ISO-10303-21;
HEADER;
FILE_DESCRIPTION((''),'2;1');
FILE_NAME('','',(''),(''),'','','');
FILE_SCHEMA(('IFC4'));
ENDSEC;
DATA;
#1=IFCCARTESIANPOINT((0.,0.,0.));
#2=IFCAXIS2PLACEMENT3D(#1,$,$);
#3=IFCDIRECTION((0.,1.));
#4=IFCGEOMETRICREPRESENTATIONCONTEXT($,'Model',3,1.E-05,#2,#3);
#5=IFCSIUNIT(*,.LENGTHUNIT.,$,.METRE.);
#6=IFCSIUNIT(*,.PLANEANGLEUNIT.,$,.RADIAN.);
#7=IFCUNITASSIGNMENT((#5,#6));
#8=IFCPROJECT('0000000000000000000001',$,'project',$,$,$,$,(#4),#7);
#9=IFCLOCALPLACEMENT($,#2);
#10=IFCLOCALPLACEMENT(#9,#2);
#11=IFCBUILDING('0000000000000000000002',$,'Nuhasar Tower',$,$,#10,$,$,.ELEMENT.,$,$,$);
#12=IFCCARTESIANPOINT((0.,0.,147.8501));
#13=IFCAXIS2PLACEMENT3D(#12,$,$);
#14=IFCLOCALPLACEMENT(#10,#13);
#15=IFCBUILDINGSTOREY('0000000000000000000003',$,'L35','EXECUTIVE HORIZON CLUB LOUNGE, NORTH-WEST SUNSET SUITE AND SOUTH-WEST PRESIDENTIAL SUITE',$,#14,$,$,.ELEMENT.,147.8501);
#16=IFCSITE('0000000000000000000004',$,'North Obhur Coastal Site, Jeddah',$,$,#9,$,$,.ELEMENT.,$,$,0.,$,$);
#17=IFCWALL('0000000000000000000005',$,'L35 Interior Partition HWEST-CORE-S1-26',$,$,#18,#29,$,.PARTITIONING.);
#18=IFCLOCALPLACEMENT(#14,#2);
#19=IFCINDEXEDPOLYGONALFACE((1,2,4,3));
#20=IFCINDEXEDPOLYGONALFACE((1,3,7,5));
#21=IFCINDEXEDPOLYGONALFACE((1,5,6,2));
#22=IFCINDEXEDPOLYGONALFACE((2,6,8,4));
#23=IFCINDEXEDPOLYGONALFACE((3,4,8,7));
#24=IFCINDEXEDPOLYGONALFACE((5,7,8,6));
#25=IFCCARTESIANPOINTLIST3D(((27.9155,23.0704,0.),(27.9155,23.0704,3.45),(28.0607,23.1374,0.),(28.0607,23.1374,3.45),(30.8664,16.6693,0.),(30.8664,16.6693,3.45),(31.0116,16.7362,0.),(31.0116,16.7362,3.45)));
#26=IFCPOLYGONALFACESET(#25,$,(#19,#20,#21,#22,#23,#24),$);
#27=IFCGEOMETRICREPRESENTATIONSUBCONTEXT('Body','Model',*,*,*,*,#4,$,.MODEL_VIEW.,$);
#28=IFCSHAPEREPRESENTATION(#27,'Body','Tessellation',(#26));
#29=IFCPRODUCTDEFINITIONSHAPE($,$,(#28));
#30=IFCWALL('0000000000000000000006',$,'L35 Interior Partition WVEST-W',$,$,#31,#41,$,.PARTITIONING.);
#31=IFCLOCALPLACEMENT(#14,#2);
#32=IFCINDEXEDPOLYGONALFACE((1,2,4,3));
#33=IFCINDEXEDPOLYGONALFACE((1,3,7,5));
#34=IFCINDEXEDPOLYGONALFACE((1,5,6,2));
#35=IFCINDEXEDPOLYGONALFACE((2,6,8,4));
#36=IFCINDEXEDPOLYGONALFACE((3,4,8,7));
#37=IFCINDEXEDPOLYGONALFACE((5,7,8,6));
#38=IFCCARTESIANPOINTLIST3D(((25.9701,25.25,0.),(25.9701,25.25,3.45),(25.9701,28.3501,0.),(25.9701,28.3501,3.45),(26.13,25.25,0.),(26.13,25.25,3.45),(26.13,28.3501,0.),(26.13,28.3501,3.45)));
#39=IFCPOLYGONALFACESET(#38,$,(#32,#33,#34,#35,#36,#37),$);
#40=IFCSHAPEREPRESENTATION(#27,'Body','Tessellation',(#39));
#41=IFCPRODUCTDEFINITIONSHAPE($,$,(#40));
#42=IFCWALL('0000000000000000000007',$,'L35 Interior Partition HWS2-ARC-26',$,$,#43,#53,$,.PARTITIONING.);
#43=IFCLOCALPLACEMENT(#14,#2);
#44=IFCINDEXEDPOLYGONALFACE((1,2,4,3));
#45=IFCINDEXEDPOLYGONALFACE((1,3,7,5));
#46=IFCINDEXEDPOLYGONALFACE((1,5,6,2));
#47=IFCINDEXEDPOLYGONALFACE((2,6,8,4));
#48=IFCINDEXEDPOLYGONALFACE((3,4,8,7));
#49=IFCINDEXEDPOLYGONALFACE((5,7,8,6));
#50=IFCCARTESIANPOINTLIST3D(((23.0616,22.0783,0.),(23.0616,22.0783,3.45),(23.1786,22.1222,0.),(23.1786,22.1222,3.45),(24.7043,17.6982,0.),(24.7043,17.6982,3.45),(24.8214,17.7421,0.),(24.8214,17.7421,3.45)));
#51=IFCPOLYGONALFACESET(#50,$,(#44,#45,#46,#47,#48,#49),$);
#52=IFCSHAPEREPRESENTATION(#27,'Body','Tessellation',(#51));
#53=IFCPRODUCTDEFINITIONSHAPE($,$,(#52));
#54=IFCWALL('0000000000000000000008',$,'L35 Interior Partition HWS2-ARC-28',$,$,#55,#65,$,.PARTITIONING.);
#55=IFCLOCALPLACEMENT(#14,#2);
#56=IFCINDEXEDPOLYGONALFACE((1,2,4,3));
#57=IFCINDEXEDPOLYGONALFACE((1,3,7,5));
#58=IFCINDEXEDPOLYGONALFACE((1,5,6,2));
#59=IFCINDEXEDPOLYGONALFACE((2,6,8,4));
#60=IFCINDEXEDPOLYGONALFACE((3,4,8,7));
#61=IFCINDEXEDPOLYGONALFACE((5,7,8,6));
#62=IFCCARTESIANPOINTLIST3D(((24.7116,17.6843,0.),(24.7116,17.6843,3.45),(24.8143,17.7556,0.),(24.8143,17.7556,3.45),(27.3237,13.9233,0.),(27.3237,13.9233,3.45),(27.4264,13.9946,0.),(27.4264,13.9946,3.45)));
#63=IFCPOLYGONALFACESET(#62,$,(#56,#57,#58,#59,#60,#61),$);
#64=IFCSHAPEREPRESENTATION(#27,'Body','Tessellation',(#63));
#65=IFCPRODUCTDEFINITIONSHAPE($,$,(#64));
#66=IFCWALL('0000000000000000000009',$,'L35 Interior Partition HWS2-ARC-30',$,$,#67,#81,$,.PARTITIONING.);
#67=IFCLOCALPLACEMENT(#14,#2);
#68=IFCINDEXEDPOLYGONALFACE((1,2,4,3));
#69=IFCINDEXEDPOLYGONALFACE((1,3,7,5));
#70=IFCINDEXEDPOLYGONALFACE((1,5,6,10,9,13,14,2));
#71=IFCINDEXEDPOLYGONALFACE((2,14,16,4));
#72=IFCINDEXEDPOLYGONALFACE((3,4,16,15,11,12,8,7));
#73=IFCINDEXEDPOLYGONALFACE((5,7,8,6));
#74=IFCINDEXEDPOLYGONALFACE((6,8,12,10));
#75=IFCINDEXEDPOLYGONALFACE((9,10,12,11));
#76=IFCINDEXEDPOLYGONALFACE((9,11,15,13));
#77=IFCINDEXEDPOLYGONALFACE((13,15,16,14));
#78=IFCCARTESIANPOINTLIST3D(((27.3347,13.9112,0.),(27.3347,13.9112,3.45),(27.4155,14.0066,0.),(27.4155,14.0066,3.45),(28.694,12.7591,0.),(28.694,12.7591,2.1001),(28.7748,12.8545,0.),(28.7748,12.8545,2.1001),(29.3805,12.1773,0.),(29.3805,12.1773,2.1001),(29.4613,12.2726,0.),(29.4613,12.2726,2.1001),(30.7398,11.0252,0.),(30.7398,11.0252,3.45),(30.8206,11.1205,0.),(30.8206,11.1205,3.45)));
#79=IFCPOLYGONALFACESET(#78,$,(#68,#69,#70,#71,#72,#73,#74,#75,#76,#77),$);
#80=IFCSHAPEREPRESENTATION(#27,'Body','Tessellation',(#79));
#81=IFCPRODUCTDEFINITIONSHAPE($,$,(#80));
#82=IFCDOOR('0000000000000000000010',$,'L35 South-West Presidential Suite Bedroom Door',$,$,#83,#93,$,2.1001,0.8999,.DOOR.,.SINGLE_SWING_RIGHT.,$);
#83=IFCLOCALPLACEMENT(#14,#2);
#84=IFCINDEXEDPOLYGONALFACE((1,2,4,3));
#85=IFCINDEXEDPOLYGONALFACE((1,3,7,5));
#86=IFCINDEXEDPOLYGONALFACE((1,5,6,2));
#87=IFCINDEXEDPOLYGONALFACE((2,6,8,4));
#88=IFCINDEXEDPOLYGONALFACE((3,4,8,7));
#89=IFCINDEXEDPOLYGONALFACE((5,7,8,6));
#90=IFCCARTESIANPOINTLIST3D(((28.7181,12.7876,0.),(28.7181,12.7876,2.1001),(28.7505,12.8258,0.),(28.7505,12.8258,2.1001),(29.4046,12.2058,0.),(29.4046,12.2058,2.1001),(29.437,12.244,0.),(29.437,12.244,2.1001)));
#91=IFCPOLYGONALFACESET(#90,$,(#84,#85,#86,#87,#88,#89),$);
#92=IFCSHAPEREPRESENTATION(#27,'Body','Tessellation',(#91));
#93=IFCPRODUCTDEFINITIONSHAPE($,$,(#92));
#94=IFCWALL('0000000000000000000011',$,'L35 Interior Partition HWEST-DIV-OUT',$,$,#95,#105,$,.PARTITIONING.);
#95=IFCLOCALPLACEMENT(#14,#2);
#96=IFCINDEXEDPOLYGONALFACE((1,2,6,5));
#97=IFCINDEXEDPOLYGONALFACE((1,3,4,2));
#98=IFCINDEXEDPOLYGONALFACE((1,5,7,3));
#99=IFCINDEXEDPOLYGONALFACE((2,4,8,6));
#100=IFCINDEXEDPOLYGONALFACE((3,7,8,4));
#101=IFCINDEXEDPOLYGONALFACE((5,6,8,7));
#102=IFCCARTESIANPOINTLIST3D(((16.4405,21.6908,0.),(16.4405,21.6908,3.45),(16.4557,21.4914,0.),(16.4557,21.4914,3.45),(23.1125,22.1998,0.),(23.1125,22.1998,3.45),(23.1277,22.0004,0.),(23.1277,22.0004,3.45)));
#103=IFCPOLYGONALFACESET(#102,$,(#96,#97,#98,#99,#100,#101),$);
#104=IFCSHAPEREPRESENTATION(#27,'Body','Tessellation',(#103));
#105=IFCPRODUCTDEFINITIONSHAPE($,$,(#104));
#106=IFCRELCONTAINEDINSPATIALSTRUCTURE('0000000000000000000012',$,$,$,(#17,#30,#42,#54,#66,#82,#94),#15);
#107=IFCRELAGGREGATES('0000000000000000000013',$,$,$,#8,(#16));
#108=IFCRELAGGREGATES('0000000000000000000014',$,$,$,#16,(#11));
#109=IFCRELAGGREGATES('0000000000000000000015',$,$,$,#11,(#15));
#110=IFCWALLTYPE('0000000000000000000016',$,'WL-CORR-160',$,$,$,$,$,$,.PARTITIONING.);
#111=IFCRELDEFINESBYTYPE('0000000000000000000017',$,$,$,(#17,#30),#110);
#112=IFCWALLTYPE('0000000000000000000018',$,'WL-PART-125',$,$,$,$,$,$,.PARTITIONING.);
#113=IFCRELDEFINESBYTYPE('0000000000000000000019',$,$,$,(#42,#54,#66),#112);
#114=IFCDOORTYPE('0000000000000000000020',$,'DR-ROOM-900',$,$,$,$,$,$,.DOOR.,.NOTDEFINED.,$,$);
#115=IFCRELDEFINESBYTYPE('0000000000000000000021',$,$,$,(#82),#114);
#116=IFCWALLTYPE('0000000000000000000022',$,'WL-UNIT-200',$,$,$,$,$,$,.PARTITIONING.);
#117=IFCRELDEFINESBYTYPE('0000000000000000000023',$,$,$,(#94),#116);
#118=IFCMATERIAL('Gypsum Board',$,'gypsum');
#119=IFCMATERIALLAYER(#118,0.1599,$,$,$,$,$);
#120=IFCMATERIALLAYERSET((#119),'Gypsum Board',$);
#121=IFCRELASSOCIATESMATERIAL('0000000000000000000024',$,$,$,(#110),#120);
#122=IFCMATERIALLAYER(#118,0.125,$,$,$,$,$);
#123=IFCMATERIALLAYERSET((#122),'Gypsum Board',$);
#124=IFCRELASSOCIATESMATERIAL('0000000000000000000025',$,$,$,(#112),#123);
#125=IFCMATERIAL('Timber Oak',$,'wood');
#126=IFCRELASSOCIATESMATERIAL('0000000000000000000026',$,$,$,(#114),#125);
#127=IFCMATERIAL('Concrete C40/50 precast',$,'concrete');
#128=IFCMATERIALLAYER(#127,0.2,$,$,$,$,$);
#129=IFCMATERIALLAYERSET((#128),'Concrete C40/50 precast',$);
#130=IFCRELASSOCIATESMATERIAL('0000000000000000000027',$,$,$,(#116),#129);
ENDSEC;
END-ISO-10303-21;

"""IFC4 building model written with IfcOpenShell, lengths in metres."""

from ifc_helpers import new_model, si_unit, direction, frame, frame_2d, origin, place, context, subcontext, project, spatial, rectangle, extrude, material, layer, layer_set, type_object, element, fill, save


model = new_model("IFC4")

# Units and contexts
model_context = context("Model", 3, precision=1e-05, world=origin(), true_north=direction((0.0, 1.0)))
body_context = subcontext(model_context, "Body", "Model", "MODEL_VIEW")
ifc_project = project(units=[si_unit("LENGTHUNIT", "METRE"), si_unit("PLANEANGLEUNIT", "RADIAN")], contexts=[model_context])

# Site, building, storey
site_placement = place(None, origin())
site = spatial("IfcSite", under=ifc_project, at=site_placement, Name="North Obhur Coastal Site, Jeddah", CompositionType="ELEMENT", RefElevation=0.0)
building_placement = place(site_placement, origin())
building = spatial("IfcBuilding", under=site, at=building_placement, Name="Nuhasar Tower", CompositionType="ELEMENT")
storey_placement = place(building_placement, frame((0.0, 0.0, 147.8501)))
storey = spatial("IfcBuildingStorey", under=building, at=storey_placement, Name="L35", Description="EXECUTIVE HORIZON CLUB LOUNGE, NORTH-WEST SUNSET SUITE AND SOUTH-WEST PRESIDENTIAL SUITE", CompositionType="ELEMENT", Elevation=147.8501)

# Wall
ifc_material_1 = material(Name="Gypsum Board", Category="gypsum")
ifc_layer_1 = layer(ifc_material_1, 0.1599)
ifc_layer_set_1 = layer_set([ifc_layer_1], Name="Gypsum Board")
wall_type_1 = type_object("IfcWallType", Name="WL-CORR-160", PredefinedType="PARTITIONING", material=ifc_layer_set_1)
wall_1_placement = place(storey_placement, frame((27.988, 23.104, 0.0), z_axis=(0.0, 0.0, 1.0), x_axis=(0.418656, -0.908145, 0.0)))
element("IfcWall", 1, at=wall_1_placement, inside=storey, type_object=wall_type_1, Name="L35 Interior Partition HWEST-CORE-S1-26", PredefinedType="PARTITIONING", context=body_context, shape_type="SweptSolid", body=[
    extrude(rectangle(XDim=7.0486, YDim=0.1599, at=frame_2d((3.5244, 0.0))), origin(), (0.0, 0.0, 1.0), 3.45),
])

# Shared definitions
ifc_material_2 = material(Name="Timber Oak", Category="wood")

# Walls
wall_2_placement = place(storey_placement, frame((26.05, 25.25, 0.0), z_axis=(0.0, 0.0, 1.0), x_axis=(0.0, 1.0, 0.0)))
element("IfcWall", 2, at=wall_2_placement, inside=storey, type_object=wall_type_1, Name="L35 Interior Partition WVEST-W", PredefinedType="PARTITIONING", context=body_context, shape_type="SweptSolid", body=[
    extrude(rectangle(XDim=3.1001, YDim=0.1599, at=frame_2d((1.55, 0.0))), origin(), (0.0, 0.0, 1.0), 3.45),
])
ifc_layer_2 = layer(ifc_material_1, 0.125)
ifc_layer_set_2 = layer_set([ifc_layer_2], Name="Gypsum Board")
wall_type_2 = type_object("IfcWallType", Name="WL-PART-125", PredefinedType="PARTITIONING", material=ifc_layer_set_2)
wall_3_placement = place(storey_placement, frame((23.1201, 22.1001, 0.0), z_axis=(0.0, 0.0, 1.0), x_axis=(0.351175, -0.93631, 0.0)))
element("IfcWall", 3, at=wall_3_placement, inside=storey, type_object=wall_type_2, Name="L35 Interior Partition HWS2-ARC-26", PredefinedType="PARTITIONING", context=body_context, shape_type="SweptSolid", body=[
    extrude(rectangle(XDim=4.678, YDim=0.125, at=frame_2d((2.3389, 0.0))), origin(), (0.0, 0.0, 1.0), 3.45),
])
wall_4_placement = place(storey_placement, frame((24.7629, 17.72, 0.0), z_axis=(0.0, 0.0, 1.0), x_axis=(0.570435, -0.821343, 0.0)))
element("IfcWall", 4, at=wall_4_placement, inside=storey, type_object=wall_type_2, Name="L35 Interior Partition HWS2-ARC-28", PredefinedType="PARTITIONING", context=body_context, shape_type="SweptSolid", body=[
    extrude(rectangle(XDim=4.5791, YDim=0.125, at=frame_2d((2.2896, 0.0))), origin(), (0.0, 0.0, 1.0), 3.45),
])

# Wall, opening, door
wall_5_placement = place(storey_placement, frame((27.375, 13.959, 0.0), z_axis=(0.0, 0.0, 1.0), x_axis=(0.762855, -0.64657, 0.0)))
wall_5 = element("IfcWall", 5, at=wall_5_placement, inside=storey, type_object=wall_type_2, Name="L35 Interior Partition HWS2-ARC-30", PredefinedType="PARTITIONING", context=body_context, shape_type="SweptSolid", body=[
    extrude(rectangle(XDim=4.4636, YDim=0.125, at=frame_2d((2.2319, 0.0))), origin(), (0.0, 0.0, 1.0), 3.45),
])
opening_1_placement = place(wall_5_placement, frame((1.782, 0.0, 0.0)))
opening_1 = element("IfcOpeningElement", 6, at=opening_1_placement, cuts=wall_5, PredefinedType="OPENING", context=body_context, shape_type="SweptSolid", body=[
    extrude(rectangle(XDim=0.8999, YDim=2.1001, at=frame_2d((0.45, 1.05))), frame((0.0, 0.0725, 0.0), z_axis=(0.0, -1.0, 0.0), x_axis=(1.0, 0.0, 0.0)), (0.0, 0.0, 1.0), 0.145),
])
door_type_1 = type_object("IfcDoorType", Name="DR-ROOM-900", OperationType="NOTDEFINED", PredefinedType="DOOR", material=ifc_material_2)
door_1_placement = place(opening_1_placement, origin())
door_1 = element("IfcDoor", 7, at=door_1_placement, inside=storey, type_object=door_type_1, Name="L35 South-West Presidential Suite Bedroom Door", OperationType="SINGLE_SWING_RIGHT", OverallHeight=2.1001, OverallWidth=0.8999, PredefinedType="DOOR", context=body_context, shape_type="SweptSolid", body=[
    extrude(rectangle(XDim=0.8999, YDim=2.1001, at=frame_2d((0.45, 1.05))), frame((0.0, 0.0249, 0.0), z_axis=(0.0, -1.0, 0.0), x_axis=(1.0, 0.0, 0.0)), (0.0, 0.0, 1.0), 0.05),
])
fill(opening_1, door_1)

# Wall
ifc_material_3 = material(Name="Concrete C40/50 precast", Category="concrete")
ifc_layer_3 = layer(ifc_material_3, 0.2)
ifc_layer_set_3 = layer_set([ifc_layer_3], Name="Concrete C40/50 precast")
wall_type_3 = type_object("IfcWallType", Name="WL-UNIT-200", PredefinedType="PARTITIONING", material=ifc_layer_set_3)
wall_6_placement = place(storey_placement, frame((23.1201, 22.1001, 0.0), z_axis=(0.0, 0.0, 1.0), x_axis=(-0.997102, -0.076072, 0.0)))
element("IfcWall", 8, at=wall_6_placement, inside=storey, type_object=wall_type_3, Name="L35 Interior Partition HWEST-DIV-OUT", PredefinedType="PARTITIONING", context=body_context, shape_type="SweptSolid", body=[
    extrude(rectangle(XDim=6.6914, YDim=0.2, at=frame_2d((3.3457, 0.0))), origin(), (0.0, 0.0, 1.0), 3.45),
])

save(model, "model.ifc")
